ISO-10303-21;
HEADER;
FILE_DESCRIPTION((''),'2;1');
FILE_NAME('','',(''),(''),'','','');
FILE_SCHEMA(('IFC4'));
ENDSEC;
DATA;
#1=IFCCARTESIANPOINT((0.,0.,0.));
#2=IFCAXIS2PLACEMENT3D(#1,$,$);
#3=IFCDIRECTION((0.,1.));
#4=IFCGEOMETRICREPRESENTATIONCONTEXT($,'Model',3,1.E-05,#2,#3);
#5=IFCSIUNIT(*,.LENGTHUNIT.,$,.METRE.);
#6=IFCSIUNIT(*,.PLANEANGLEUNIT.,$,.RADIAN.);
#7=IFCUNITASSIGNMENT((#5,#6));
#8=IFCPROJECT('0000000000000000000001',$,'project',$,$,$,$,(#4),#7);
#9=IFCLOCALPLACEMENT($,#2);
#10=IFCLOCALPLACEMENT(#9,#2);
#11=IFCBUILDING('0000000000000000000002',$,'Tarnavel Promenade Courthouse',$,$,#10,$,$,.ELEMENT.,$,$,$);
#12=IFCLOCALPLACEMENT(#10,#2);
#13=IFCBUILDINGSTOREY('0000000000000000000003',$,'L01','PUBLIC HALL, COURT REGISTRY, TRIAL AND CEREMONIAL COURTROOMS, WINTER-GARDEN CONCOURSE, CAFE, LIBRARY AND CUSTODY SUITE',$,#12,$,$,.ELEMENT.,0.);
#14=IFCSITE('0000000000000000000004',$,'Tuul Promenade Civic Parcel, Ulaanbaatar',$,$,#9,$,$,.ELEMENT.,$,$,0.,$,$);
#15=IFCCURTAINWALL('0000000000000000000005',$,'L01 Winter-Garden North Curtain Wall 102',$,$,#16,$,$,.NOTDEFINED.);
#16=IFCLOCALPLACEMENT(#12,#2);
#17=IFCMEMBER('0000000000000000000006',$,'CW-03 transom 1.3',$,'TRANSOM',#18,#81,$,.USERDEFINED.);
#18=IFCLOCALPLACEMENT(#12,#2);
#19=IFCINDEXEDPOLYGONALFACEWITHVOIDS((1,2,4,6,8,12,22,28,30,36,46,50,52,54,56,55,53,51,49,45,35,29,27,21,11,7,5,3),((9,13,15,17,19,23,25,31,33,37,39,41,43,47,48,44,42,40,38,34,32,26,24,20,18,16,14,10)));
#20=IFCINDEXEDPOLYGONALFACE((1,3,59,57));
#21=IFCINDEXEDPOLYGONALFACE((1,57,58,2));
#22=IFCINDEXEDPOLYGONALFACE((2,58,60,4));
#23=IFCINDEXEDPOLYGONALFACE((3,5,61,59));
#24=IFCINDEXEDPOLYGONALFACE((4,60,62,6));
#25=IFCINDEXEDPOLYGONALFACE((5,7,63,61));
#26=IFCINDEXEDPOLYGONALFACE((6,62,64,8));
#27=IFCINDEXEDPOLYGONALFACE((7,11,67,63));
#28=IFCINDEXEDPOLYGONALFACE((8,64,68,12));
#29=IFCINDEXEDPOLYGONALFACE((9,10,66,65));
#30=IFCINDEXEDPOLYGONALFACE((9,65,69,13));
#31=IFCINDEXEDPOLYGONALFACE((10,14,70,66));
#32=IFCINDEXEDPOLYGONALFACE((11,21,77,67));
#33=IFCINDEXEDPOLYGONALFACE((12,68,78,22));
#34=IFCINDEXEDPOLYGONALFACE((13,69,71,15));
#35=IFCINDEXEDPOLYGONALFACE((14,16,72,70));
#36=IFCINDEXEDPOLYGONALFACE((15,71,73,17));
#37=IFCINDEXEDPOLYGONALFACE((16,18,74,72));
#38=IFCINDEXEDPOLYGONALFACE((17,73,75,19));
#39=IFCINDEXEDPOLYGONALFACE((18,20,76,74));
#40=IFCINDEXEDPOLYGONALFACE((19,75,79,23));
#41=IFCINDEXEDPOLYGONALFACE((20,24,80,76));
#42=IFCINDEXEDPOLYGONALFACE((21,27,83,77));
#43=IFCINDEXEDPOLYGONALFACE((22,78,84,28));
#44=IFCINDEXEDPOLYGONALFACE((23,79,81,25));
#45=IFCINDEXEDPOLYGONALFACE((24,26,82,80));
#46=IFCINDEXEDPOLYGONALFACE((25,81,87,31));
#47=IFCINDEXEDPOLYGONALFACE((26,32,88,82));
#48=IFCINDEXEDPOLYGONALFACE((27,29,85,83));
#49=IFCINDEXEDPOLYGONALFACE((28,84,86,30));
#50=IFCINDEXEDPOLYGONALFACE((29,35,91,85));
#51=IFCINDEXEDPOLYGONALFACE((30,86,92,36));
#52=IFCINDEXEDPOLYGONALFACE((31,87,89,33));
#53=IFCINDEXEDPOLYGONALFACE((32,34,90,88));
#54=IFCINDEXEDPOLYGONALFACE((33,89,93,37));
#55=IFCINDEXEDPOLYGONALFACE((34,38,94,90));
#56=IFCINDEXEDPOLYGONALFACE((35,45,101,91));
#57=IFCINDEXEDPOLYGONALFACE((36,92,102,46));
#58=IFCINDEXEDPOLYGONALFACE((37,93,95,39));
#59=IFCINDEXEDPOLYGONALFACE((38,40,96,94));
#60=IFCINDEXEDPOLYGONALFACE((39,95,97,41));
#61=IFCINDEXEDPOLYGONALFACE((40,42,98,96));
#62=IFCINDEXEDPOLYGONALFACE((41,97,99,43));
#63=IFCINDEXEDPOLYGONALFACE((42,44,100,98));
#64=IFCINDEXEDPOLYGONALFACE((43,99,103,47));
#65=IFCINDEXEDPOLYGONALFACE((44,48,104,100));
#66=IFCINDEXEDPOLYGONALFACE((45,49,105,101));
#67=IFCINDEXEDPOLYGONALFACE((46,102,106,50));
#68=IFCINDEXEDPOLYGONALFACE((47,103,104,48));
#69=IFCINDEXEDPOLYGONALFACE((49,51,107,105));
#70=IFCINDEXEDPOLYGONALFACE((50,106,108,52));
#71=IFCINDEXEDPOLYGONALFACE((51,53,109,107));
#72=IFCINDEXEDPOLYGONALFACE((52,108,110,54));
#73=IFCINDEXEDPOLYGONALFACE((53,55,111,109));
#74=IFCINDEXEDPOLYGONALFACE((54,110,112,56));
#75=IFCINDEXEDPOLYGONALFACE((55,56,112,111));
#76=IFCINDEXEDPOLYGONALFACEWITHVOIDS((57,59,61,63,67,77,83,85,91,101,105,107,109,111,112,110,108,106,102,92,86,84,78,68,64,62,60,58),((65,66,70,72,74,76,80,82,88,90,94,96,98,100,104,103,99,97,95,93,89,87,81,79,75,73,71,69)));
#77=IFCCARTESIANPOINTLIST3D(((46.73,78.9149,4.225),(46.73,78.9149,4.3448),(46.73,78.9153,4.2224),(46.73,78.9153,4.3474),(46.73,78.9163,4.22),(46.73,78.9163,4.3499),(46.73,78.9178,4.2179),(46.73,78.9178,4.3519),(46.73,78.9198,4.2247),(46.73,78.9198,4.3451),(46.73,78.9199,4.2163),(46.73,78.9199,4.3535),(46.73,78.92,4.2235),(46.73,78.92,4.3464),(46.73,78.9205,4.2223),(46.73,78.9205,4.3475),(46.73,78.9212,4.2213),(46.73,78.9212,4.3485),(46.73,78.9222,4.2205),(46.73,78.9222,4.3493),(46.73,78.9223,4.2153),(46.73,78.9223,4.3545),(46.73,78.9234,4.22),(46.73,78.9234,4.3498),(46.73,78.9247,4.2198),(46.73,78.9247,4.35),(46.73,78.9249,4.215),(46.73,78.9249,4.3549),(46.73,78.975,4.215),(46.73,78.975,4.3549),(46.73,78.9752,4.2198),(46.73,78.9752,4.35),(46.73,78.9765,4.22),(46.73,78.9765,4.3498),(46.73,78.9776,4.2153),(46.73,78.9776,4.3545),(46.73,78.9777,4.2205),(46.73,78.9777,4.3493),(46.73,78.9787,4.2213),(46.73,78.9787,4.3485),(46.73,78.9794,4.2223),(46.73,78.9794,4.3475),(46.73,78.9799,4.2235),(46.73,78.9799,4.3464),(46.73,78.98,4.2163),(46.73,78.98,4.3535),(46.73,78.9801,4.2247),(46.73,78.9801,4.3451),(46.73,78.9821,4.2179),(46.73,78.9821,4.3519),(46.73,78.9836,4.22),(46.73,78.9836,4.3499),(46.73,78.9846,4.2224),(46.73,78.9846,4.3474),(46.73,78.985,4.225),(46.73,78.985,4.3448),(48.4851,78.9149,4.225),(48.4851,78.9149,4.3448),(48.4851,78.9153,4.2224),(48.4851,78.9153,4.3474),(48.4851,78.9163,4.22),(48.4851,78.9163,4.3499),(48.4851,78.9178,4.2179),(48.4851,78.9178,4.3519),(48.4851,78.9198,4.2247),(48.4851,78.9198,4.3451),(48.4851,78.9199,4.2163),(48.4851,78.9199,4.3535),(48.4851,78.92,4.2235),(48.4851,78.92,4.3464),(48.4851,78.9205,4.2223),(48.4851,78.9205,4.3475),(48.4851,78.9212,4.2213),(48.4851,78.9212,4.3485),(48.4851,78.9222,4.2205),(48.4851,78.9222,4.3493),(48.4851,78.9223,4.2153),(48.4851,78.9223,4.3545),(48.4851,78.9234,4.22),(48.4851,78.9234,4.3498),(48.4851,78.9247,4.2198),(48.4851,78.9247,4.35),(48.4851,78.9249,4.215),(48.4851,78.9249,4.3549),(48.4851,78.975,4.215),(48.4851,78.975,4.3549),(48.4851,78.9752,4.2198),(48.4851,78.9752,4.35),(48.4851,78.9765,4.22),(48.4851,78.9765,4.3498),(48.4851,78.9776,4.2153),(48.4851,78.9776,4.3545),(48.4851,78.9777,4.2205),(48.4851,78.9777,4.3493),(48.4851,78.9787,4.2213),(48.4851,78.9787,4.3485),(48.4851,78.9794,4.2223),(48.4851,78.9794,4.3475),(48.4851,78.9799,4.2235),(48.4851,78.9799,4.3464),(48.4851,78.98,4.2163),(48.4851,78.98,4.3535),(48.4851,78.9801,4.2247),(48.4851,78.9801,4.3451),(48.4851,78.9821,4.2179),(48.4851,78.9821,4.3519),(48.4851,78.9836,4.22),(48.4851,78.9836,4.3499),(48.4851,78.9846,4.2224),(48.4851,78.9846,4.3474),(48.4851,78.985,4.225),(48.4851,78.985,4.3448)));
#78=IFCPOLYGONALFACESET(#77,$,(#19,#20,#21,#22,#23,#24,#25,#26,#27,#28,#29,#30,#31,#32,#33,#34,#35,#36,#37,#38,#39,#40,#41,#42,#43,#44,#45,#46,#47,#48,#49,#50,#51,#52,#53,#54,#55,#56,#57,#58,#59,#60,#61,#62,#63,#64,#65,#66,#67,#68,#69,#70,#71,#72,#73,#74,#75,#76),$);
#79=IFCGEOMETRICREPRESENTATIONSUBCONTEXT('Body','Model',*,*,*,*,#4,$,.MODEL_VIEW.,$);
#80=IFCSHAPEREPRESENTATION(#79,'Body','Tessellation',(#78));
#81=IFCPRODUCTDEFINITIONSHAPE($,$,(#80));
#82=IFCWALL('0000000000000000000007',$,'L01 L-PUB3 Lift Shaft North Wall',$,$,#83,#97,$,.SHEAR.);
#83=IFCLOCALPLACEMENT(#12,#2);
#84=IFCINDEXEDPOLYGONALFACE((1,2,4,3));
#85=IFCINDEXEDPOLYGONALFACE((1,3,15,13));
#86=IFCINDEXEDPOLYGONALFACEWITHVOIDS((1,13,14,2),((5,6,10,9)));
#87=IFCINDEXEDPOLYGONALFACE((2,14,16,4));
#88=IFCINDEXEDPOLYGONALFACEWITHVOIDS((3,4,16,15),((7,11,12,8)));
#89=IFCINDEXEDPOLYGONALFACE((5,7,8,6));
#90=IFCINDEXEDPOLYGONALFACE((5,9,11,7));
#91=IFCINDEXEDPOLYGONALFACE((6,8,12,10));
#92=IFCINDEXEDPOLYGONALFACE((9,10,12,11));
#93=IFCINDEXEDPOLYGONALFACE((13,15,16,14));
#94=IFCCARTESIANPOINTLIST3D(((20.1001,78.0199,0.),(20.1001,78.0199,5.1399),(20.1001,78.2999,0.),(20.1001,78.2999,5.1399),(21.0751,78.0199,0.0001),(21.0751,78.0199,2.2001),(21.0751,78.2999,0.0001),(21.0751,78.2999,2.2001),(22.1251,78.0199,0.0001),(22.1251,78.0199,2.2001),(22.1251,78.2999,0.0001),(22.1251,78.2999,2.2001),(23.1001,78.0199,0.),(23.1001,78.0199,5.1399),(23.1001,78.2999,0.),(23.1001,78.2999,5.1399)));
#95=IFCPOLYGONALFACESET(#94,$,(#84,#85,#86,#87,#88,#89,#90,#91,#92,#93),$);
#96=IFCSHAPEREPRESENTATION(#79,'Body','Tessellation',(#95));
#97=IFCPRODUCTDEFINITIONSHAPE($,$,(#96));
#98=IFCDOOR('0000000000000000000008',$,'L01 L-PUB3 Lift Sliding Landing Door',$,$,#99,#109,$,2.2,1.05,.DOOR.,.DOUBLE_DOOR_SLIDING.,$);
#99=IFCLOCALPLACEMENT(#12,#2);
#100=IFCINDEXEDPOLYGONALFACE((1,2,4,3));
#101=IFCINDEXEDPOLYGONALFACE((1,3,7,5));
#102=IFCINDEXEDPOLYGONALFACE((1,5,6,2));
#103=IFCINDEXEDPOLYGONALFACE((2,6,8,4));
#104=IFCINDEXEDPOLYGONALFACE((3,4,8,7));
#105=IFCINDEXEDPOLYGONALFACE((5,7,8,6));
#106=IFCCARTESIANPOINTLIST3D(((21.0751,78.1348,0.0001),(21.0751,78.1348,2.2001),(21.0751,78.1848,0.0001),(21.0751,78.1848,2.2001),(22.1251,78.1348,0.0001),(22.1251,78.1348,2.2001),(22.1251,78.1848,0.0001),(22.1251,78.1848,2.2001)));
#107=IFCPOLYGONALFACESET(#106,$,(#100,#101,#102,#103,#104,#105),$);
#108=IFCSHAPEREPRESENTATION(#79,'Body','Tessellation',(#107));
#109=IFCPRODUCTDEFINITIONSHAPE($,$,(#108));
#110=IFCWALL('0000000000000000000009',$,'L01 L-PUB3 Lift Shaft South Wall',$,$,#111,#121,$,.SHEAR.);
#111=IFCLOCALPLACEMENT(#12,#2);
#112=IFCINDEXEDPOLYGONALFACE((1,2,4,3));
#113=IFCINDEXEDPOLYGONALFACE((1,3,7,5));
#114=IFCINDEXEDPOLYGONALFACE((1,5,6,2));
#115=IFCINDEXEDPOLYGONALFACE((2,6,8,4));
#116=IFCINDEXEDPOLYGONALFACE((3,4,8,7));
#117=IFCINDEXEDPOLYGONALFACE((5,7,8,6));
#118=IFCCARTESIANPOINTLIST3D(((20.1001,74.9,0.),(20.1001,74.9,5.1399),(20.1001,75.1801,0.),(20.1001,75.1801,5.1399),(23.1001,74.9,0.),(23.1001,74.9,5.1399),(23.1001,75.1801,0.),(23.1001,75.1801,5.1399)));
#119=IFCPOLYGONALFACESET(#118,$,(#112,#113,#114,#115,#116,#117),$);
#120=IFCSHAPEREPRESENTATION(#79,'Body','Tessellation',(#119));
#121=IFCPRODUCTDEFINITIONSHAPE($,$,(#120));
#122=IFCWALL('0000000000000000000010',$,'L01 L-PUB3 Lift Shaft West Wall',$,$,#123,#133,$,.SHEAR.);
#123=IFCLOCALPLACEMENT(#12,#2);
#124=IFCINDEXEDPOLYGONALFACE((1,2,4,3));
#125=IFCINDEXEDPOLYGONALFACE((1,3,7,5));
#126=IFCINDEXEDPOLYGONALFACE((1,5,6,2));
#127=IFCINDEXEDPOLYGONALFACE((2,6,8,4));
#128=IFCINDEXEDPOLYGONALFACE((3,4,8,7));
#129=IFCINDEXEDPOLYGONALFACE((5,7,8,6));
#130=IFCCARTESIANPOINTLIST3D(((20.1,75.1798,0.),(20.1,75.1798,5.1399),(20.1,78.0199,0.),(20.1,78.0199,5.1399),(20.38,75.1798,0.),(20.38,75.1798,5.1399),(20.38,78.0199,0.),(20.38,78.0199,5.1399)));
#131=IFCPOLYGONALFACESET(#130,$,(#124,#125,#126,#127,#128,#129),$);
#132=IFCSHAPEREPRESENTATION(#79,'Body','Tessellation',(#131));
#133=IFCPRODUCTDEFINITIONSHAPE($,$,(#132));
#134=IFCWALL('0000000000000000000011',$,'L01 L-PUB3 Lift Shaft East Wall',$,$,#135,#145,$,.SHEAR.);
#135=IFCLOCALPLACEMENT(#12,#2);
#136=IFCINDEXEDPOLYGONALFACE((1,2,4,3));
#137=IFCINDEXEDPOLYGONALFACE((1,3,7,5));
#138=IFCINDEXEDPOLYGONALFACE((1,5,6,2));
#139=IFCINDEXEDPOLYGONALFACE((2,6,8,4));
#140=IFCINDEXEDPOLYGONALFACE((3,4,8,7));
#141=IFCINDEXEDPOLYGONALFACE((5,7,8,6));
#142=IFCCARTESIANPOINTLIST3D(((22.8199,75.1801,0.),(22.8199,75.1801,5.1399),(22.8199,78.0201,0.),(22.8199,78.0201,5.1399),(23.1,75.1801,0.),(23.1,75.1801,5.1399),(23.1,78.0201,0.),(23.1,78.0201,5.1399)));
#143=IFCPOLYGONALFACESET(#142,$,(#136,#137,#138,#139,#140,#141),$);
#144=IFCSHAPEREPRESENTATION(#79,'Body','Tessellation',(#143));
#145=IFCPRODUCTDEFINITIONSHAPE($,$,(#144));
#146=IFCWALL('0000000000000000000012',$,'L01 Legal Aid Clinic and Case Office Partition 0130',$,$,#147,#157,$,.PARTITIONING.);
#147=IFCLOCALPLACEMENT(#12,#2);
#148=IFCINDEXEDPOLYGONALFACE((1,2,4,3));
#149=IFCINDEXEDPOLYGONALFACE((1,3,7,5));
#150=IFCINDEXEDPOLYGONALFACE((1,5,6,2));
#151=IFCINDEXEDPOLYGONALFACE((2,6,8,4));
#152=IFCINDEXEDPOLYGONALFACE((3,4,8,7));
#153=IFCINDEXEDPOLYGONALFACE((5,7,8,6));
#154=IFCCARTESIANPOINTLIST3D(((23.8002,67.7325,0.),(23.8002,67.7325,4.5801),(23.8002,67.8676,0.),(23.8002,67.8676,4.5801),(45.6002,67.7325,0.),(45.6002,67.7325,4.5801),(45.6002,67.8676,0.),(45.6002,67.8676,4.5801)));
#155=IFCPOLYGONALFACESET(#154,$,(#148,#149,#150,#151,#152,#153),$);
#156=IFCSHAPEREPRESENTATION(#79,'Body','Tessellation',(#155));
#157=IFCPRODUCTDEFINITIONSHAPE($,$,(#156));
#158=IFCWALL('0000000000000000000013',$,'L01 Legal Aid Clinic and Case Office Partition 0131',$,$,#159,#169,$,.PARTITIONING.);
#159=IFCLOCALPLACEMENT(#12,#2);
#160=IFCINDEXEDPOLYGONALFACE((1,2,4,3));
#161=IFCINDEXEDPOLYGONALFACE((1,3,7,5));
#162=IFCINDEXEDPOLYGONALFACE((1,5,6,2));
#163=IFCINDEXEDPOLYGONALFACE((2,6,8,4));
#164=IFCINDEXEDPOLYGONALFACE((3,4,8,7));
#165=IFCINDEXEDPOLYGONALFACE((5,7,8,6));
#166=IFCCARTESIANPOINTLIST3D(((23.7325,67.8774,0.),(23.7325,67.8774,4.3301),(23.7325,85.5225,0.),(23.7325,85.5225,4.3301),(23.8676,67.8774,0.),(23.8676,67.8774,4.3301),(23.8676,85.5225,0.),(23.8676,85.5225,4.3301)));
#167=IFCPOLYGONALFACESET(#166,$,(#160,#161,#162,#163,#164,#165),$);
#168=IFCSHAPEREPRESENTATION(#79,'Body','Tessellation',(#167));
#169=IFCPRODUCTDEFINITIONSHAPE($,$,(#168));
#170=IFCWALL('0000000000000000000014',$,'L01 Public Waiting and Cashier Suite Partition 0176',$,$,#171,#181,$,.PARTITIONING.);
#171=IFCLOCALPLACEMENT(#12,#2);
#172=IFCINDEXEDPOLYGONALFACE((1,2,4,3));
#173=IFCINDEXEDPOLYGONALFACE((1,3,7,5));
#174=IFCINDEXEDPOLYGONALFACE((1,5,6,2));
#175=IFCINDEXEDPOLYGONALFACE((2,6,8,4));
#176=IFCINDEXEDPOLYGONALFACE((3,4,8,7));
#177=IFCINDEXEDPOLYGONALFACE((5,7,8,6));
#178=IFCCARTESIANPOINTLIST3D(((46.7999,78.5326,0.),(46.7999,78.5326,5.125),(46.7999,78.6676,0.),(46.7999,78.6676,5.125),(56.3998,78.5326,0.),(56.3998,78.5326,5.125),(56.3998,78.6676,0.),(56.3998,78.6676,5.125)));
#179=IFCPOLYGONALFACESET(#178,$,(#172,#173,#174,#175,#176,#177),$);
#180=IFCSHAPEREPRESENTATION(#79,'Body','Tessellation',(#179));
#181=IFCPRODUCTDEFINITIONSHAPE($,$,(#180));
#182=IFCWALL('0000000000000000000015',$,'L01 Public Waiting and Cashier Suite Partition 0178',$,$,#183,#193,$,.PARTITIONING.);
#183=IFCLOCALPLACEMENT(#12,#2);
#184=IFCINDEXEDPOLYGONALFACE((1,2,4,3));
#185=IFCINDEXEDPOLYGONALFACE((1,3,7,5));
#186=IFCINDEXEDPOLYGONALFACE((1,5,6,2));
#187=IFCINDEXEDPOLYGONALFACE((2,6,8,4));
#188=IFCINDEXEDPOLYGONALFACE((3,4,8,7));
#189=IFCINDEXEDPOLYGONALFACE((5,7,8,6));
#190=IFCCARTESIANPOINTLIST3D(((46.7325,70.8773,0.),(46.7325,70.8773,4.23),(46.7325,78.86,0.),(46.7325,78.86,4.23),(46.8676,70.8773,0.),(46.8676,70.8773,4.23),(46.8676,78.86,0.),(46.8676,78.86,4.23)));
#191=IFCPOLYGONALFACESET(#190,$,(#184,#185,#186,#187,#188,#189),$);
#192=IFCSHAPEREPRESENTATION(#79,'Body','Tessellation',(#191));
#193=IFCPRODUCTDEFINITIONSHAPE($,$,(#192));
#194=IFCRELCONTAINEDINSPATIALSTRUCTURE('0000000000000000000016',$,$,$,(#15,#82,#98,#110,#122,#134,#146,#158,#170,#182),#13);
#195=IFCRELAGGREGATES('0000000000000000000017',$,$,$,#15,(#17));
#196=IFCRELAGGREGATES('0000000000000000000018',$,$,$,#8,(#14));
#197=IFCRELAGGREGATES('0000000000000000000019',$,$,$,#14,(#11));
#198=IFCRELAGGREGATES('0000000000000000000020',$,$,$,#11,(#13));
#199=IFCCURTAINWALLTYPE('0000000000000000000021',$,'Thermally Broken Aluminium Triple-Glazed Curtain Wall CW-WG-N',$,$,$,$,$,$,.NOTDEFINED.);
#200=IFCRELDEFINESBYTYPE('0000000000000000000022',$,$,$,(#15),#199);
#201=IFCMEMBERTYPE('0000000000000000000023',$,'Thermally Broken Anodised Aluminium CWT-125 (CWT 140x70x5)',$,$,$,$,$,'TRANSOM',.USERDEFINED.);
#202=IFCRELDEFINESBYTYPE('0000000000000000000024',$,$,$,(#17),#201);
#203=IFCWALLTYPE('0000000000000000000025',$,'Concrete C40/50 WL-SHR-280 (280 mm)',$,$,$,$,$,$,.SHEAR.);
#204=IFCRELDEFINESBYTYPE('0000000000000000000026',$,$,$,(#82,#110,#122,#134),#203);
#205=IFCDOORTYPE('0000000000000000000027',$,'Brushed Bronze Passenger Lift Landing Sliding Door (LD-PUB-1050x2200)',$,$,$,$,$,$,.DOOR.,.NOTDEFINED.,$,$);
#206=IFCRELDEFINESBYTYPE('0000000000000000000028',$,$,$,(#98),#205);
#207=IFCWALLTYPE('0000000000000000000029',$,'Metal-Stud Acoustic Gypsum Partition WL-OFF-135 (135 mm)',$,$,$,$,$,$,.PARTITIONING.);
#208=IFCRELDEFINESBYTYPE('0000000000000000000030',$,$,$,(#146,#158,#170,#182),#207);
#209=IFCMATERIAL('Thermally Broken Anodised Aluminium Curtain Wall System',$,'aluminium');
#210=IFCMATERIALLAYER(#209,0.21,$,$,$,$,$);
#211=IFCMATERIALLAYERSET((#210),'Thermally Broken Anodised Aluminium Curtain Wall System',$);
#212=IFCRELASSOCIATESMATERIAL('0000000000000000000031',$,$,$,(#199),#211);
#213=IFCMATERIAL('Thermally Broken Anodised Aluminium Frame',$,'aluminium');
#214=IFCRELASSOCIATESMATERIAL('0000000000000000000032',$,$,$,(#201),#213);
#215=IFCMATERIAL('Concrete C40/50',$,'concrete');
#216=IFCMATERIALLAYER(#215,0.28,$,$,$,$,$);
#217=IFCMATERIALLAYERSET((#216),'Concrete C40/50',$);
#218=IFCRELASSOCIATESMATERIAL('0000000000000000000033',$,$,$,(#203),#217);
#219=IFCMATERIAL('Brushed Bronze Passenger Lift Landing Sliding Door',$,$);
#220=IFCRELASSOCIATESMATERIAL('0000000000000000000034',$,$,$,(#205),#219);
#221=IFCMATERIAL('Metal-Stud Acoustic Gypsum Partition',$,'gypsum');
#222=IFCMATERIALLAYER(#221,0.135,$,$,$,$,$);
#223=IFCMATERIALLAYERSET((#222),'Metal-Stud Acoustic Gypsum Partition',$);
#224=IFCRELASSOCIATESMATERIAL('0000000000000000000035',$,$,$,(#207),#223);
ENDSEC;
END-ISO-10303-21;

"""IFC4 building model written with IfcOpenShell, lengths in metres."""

from ifc_helpers import new_model, si_unit, direction, frame, frame_2d, origin, origin_2d, place, context, subcontext, project, spatial, rectangle, hollow_rectangle, extrude, material, layer, layer_set, material_profile, profile_set, type_object, element, fill, aggregate, save


model = new_model("IFC4")

# Units and contexts
model_context = context("Model", 3, precision=1e-05, world=origin(), true_north=direction((0.0, 1.0)))
body_context = subcontext(model_context, "Body", "Model", "MODEL_VIEW")
ifc_project = project(units=[si_unit("LENGTHUNIT", "METRE"), si_unit("PLANEANGLEUNIT", "RADIAN")], contexts=[model_context])

# Site, building, storey
site_placement = place(None, origin())
site = spatial("IfcSite", under=ifc_project, at=site_placement, Name="Tuul Promenade Civic Parcel, Ulaanbaatar", CompositionType="ELEMENT", RefElevation=0.0)
building_placement = place(site_placement, origin())
building = spatial("IfcBuilding", under=site, at=building_placement, Name="Tarnavel Promenade Courthouse", CompositionType="ELEMENT")
storey_placement = place(building_placement, origin())
storey = spatial("IfcBuildingStorey", under=building, at=storey_placement, Name="L01", Description="PUBLIC HALL, COURT REGISTRY, TRIAL AND CEREMONIAL COURTROOMS, WINTER-GARDEN CONCOURSE, CAFE, LIBRARY AND CUSTODY SUITE", CompositionType="ELEMENT", Elevation=0.0)

# Shared definitions
ifc_material_1 = material(Name="Concrete C40/50", Category="concrete")

# Curtain wall, member
ifc_material_2 = material(Name="Thermally Broken Anodised Aluminium Curtain Wall System", Category="aluminium")
ifc_layer_1 = layer(ifc_material_2, 0.21)
ifc_layer_set_1 = layer_set([ifc_layer_1], Name="Thermally Broken Anodised Aluminium Curtain Wall System")
curtain_wall_type = type_object("IfcCurtainWallType", Name="Thermally Broken Aluminium Triple-Glazed Curtain Wall CW-WG-N", PredefinedType="NOTDEFINED", material=ifc_layer_set_1)
curtain_wall_placement = place(storey_placement, origin())
curtain_wall = element("IfcCurtainWall", 1, at=curtain_wall_placement, inside=storey, type_object=curtain_wall_type, Name="L01 Winter-Garden North Curtain Wall 102", PredefinedType="NOTDEFINED")
ifc_material_3 = material(Name="Thermally Broken Anodised Aluminium Frame", Category="aluminium")
ifc_material_profile_1 = material_profile(ifc_material_3, hollow_rectangle(XDim=0.0701, YDim=0.1399, WallThickness=0.0049, InnerFilletRadius=0.0049, OuterFilletRadius=0.01, at=origin_2d()), Name="CWT 140x70x5")
ifc_profile_set_1 = profile_set([ifc_material_profile_1], Name="Thermally Broken Anodised Aluminium Frame")
member_type_1 = type_object("IfcMemberType", Name="Thermally Broken Anodised Aluminium CWT-125 (CWT 140x70x5)", ElementType="TRANSOM", PredefinedType="USERDEFINED", material=ifc_profile_set_1)
member_1_placement = place(storey_placement, frame((46.73, 78.95, 4.2849), z_axis=(1.0, 0.0, 0.0), x_axis=(0.0, 1.0, 0.0)))
member_1 = element("IfcMember", 2, at=member_1_placement, type_object=member_type_1, Name="CW-03 transom 1.3", ObjectType="TRANSOM", PredefinedType="USERDEFINED", context=body_context, shape_type="SweptSolid", body=[
    extrude(hollow_rectangle(XDim=0.0701, YDim=0.1399, WallThickness=0.0049, InnerFilletRadius=0.0049, OuterFilletRadius=0.01, at=origin_2d()), origin(), (0.0, 0.0, 1.0), 1.7551),
])
aggregate(curtain_wall, [member_1])

# Wall, opening, door
ifc_layer_2 = layer(ifc_material_1, 0.28)
ifc_layer_set_2 = layer_set([ifc_layer_2], Name="Concrete C40/50")
wall_type_1 = type_object("IfcWallType", Name="Concrete C40/50 WL-SHR-280 (280 mm)", PredefinedType="SHEAR", material=ifc_layer_set_2)
wall_1_placement = place(storey_placement, frame((20.1001, 78.1599, 0.0), z_axis=(0.0, 0.0, 1.0), x_axis=(1.0, 0.0, 0.0)))
wall_1 = element("IfcWall", 3, at=wall_1_placement, inside=storey, type_object=wall_type_1, Name="L01 L-PUB3 Lift Shaft North Wall", PredefinedType="SHEAR", context=body_context, shape_type="SweptSolid", body=[
    extrude(rectangle(XDim=3.0, YDim=0.28, at=frame_2d((1.5, 0.0))), origin(), (0.0, 0.0, 1.0), 5.1399),
])
opening_placement = place(wall_1_placement, frame((0.9751, 0.0, 0.0)))
opening = element("IfcOpeningElement", 4, at=opening_placement, cuts=wall_1, PredefinedType="OPENING", context=body_context, shape_type="SweptSolid", body=[
    extrude(rectangle(XDim=1.05, YDim=2.2, at=frame_2d((0.5249, 1.1001))), frame((0.0, 0.1499, 0.0), z_axis=(0.0, -1.0, 0.0), x_axis=(1.0, 0.0, 0.0)), (0.0, 0.0, 1.0), 0.3),
])
ifc_material_4 = material(Name="Brushed Bronze Passenger Lift Landing Sliding Door")
door_type = type_object("IfcDoorType", Name="Brushed Bronze Passenger Lift Landing Sliding Door (LD-PUB-1050x2200)", OperationType="NOTDEFINED", PredefinedType="DOOR", material=ifc_material_4)
door_placement = place(opening_placement, origin())
door = element("IfcDoor", 5, at=door_placement, inside=storey, type_object=door_type, Name="L01 L-PUB3 Lift Sliding Landing Door", OperationType="DOUBLE_DOOR_SLIDING", OverallHeight=2.2, OverallWidth=1.05, PredefinedType="DOOR", context=body_context, shape_type="SweptSolid", body=[
    extrude(rectangle(XDim=1.05, YDim=2.2, at=frame_2d((0.5249, 1.1001))), frame((0.0, 0.0249, 0.0), z_axis=(0.0, -1.0, 0.0), x_axis=(1.0, 0.0, 0.0)), (0.0, 0.0, 1.0), 0.05),
])
fill(opening, door)

# Walls
wall_2_placement = place(storey_placement, frame((23.1001, 75.04, 0.0), z_axis=(0.0, 0.0, 1.0), x_axis=(-1.0, 0.0, 0.0)))
element("IfcWall", 6, at=wall_2_placement, inside=storey, type_object=wall_type_1, Name="L01 L-PUB3 Lift Shaft South Wall", PredefinedType="SHEAR", context=body_context, shape_type="SweptSolid", body=[
    extrude(rectangle(XDim=3.0, YDim=0.28, at=frame_2d((1.5, 0.0))), origin(), (0.0, 0.0, 1.0), 5.1399),
])
for number, where, z_axis, x_axis, name in (
    (7, (20.24, 75.1799, 0.0), (0.0, 0.0, 1.0), (0.0, 1.0, 0.0), "L01 L-PUB3 Lift Shaft West Wall"),
    (8, (22.96, 78.02, 0.0), (0.0, 0.0, 1.0), (0.0, -1.0, 0.0), "L01 L-PUB3 Lift Shaft East Wall"),
):
    element("IfcWall", number, at=place(storey_placement, frame(where, z_axis=z_axis, x_axis=x_axis)), inside=storey, type_object=wall_type_1, Name=name, PredefinedType="SHEAR", context=body_context, shape_type="SweptSolid", body=[
        extrude(rectangle(XDim=2.8401, YDim=0.28, at=frame_2d((1.4199, 0.0))), origin(), (0.0, 0.0, 1.0), 5.1399),
    ])
ifc_material_5 = material(Name="Metal-Stud Acoustic Gypsum Partition", Category="gypsum")
ifc_layer_3 = layer(ifc_material_5, 0.135)
ifc_layer_set_3 = layer_set([ifc_layer_3], Name="Metal-Stud Acoustic Gypsum Partition")
wall_type_2 = type_object("IfcWallType", Name="Metal-Stud Acoustic Gypsum Partition WL-OFF-135 (135 mm)", PredefinedType="PARTITIONING", material=ifc_layer_set_3)
wall_3_placement = place(storey_placement, frame((45.6001, 67.8, 0.0), z_axis=(0.0, 0.0, 1.0), x_axis=(-1.0, 0.0, 0.0)))
element("IfcWall", 9, at=wall_3_placement, inside=storey, type_object=wall_type_2, Name="L01 Legal Aid Clinic and Case Office Partition 0130", PredefinedType="PARTITIONING", context=body_context, shape_type="SweptSolid", body=[
    extrude(rectangle(XDim=21.8, YDim=0.135, at=frame_2d((10.8999, 0.0))), origin(), (0.0, 0.0, 1.0), 4.5801),
])
wall_4_placement = place(storey_placement, frame((23.8, 67.8774, 0.0), z_axis=(0.0, 0.0, 1.0), x_axis=(0.0, 1.0, 0.0)))
element("IfcWall", 10, at=wall_4_placement, inside=storey, type_object=wall_type_2, Name="L01 Legal Aid Clinic and Case Office Partition 0131", PredefinedType="PARTITIONING", context=body_context, shape_type="SweptSolid", body=[
    extrude(rectangle(XDim=17.645, YDim=0.135, at=frame_2d((8.8225, 0.0))), origin(), (0.0, 0.0, 1.0), 4.3301),
])
wall_5_placement = place(storey_placement, frame((46.8, 78.6001, 0.0), z_axis=(0.0, 0.0, 1.0), x_axis=(1.0, 0.0, 0.0)))
element("IfcWall", 11, at=wall_5_placement, inside=storey, type_object=wall_type_2, Name="L01 Public Waiting and Cashier Suite Partition 0176", PredefinedType="PARTITIONING", context=body_context, shape_type="SweptSolid", body=[
    extrude(rectangle(XDim=9.5999, YDim=0.135, at=frame_2d((4.7998, 0.0))), origin(), (0.0, 0.0, 1.0), 5.125),
])
wall_6_placement = place(storey_placement, frame((46.8, 70.8774, 0.0), z_axis=(0.0, 0.0, 1.0), x_axis=(0.0, 1.0, 0.0)))
element("IfcWall", 12, at=wall_6_placement, inside=storey, type_object=wall_type_2, Name="L01 Public Waiting and Cashier Suite Partition 0178", PredefinedType="PARTITIONING", context=body_context, shape_type="SweptSolid", body=[
    extrude(rectangle(XDim=7.9827, YDim=0.135, at=frame_2d((3.9912, 0.0))), origin(), (0.0, 0.0, 1.0), 4.23),
])

save(model, "model.ifc")
